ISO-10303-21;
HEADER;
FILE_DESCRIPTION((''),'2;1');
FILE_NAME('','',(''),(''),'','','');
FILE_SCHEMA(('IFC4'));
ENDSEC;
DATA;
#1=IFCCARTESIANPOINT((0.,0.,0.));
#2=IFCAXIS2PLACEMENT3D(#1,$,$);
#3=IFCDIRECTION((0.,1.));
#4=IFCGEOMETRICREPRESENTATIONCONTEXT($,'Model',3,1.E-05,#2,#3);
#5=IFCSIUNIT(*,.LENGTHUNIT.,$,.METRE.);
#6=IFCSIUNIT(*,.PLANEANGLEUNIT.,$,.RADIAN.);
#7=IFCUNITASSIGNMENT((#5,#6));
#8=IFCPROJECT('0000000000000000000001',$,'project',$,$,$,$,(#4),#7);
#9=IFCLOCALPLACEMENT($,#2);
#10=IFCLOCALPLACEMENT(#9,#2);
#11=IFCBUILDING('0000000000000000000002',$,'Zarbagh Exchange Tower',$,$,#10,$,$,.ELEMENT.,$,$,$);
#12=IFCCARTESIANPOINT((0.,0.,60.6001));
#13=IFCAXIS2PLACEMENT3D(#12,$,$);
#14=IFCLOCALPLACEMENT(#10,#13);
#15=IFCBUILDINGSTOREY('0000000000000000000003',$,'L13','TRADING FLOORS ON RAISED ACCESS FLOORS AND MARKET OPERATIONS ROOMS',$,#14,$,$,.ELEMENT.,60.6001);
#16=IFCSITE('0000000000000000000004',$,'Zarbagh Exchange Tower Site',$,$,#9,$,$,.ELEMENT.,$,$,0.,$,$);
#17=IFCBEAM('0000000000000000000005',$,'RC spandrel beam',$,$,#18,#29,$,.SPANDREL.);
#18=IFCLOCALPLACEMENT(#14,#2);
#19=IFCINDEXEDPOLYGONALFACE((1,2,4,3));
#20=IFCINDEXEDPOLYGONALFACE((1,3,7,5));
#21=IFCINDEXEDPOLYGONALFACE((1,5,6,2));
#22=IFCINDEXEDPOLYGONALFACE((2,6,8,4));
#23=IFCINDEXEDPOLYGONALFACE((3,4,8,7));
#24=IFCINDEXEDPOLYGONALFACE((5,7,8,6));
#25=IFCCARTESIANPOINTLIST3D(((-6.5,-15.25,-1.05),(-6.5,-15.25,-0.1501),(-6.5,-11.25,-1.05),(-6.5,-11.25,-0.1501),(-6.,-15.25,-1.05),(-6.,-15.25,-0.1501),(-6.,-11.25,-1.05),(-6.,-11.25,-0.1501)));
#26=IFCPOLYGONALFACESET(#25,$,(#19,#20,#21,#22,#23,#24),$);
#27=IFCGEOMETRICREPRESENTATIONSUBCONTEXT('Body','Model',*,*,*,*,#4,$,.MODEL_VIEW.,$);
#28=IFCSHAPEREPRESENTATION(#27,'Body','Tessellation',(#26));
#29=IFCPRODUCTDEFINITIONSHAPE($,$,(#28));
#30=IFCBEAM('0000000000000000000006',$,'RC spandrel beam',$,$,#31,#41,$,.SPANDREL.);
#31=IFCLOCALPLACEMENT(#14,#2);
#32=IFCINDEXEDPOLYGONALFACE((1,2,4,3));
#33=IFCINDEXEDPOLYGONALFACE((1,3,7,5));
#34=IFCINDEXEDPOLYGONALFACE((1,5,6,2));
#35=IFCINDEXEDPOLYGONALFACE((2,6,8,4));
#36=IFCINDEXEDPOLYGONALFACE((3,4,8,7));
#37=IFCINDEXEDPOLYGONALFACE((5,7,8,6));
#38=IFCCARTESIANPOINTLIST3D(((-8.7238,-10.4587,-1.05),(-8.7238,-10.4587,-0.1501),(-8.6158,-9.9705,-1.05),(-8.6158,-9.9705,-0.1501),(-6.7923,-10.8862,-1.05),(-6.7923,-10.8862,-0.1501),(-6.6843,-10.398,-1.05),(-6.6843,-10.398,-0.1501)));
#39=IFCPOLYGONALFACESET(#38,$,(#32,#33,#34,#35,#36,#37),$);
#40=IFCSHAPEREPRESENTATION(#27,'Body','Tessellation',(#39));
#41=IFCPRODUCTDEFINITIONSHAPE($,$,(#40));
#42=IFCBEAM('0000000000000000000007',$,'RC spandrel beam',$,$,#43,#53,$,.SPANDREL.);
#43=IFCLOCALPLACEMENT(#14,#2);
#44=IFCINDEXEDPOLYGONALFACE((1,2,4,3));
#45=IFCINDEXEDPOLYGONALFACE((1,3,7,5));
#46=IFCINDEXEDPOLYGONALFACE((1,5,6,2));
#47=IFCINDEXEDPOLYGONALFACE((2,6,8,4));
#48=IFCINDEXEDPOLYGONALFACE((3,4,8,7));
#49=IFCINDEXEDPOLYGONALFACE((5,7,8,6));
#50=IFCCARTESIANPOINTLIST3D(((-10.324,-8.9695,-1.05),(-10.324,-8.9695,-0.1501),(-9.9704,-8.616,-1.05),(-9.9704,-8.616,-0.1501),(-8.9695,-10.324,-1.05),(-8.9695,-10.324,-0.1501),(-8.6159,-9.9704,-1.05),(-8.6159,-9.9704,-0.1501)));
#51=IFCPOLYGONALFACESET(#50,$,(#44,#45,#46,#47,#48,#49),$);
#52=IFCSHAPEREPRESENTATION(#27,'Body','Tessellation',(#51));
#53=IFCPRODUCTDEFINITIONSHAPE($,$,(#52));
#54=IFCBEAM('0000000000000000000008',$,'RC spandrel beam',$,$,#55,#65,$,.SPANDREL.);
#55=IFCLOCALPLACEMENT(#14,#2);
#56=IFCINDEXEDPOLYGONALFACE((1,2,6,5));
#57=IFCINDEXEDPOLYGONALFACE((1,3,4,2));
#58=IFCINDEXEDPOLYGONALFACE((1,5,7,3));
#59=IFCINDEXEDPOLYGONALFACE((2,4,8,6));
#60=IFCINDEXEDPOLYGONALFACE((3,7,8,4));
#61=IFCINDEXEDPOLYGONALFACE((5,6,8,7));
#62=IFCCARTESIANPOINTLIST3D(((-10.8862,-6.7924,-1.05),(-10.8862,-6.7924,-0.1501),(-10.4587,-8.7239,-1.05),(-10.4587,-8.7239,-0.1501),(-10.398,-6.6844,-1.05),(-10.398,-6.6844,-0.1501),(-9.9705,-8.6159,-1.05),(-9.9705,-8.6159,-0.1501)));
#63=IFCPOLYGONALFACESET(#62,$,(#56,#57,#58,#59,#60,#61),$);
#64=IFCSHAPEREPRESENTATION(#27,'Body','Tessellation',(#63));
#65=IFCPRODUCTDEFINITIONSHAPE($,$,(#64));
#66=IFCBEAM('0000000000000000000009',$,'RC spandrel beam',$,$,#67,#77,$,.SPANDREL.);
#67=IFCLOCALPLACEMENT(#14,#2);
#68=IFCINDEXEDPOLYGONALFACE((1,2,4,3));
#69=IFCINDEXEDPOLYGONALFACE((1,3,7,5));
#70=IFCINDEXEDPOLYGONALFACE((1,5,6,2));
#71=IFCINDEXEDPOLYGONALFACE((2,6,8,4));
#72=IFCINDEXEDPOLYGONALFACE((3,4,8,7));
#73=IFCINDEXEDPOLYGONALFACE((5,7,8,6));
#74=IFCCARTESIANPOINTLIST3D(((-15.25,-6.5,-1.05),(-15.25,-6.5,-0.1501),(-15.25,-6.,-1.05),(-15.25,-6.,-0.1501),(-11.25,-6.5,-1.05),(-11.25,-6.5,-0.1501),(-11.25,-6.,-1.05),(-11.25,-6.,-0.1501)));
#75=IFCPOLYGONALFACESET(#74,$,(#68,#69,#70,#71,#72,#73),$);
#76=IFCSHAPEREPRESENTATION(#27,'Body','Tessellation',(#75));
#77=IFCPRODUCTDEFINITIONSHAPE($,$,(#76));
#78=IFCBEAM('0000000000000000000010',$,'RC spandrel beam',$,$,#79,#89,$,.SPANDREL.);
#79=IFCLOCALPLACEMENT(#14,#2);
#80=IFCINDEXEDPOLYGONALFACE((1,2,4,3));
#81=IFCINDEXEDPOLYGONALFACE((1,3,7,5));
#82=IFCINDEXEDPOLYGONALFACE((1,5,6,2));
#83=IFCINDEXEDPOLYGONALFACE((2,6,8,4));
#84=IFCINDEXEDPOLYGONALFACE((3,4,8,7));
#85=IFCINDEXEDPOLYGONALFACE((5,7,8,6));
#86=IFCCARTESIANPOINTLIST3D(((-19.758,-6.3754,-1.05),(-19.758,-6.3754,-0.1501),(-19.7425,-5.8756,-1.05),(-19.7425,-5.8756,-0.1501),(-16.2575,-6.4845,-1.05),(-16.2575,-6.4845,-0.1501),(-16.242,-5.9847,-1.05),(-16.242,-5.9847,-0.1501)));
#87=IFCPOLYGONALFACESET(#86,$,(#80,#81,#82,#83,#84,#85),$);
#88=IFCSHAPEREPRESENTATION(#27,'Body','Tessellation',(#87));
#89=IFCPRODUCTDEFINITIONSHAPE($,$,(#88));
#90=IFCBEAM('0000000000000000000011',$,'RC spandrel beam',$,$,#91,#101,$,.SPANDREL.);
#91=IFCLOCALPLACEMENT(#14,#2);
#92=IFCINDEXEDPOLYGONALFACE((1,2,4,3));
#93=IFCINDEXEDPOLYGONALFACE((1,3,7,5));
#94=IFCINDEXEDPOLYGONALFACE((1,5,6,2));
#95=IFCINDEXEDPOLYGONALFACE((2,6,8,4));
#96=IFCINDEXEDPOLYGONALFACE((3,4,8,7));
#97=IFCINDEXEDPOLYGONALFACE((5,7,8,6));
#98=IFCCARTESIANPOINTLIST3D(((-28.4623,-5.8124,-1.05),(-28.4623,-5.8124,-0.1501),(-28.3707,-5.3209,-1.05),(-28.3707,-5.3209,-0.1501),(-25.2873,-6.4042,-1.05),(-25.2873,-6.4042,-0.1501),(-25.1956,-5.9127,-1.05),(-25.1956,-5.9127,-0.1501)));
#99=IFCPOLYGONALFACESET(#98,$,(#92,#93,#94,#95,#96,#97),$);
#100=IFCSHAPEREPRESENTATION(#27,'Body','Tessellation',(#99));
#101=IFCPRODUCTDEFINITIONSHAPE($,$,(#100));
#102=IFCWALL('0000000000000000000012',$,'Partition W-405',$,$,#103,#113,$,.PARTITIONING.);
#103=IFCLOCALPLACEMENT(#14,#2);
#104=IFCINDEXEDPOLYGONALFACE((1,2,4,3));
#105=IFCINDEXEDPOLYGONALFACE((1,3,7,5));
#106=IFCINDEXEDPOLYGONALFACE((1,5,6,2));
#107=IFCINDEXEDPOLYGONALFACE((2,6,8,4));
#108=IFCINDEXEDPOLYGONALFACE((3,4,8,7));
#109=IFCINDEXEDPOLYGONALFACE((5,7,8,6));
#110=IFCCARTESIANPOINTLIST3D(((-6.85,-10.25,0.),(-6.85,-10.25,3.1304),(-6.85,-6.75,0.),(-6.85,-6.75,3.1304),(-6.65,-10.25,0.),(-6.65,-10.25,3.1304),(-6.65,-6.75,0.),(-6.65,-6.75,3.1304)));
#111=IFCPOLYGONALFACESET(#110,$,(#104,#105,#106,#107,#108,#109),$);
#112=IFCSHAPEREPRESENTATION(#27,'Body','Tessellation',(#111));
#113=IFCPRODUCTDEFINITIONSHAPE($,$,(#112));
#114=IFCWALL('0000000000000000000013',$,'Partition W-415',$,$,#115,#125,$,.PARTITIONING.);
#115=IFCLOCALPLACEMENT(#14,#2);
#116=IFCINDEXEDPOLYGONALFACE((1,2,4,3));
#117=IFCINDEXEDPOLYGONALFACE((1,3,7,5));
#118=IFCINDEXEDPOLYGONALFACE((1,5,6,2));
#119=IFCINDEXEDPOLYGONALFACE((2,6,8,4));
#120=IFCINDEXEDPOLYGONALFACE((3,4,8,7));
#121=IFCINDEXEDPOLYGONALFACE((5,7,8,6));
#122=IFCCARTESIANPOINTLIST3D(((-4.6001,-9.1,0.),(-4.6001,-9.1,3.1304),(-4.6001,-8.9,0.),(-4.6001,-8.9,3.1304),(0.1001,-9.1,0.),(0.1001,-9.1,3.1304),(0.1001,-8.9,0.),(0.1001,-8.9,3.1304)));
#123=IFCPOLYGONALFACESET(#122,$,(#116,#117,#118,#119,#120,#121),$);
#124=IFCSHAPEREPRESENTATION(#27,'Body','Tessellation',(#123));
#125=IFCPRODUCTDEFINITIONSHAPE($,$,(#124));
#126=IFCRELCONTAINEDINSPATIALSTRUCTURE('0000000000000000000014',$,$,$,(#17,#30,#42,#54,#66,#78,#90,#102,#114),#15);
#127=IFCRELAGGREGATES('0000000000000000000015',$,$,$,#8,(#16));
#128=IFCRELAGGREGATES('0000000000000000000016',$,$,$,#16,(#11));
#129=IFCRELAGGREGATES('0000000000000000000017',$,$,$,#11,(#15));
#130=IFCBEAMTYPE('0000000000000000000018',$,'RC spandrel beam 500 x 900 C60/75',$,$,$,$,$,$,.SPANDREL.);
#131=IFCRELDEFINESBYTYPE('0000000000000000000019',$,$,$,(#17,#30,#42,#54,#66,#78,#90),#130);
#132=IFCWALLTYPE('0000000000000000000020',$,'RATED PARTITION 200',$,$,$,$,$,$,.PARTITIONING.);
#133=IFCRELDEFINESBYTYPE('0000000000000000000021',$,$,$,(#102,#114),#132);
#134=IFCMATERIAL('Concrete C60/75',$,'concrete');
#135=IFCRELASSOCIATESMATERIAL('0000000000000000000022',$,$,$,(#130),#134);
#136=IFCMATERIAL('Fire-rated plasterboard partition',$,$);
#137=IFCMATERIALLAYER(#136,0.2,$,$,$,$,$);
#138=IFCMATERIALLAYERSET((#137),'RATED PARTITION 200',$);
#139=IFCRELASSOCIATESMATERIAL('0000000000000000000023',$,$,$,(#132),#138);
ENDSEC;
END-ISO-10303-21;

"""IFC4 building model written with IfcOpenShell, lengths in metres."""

from ifc_helpers import new_model, si_unit, direction, frame, frame_2d, origin, origin_2d, place, context, subcontext, project, spatial, rectangle, extrude, material, layer, layer_set, material_profile, profile_set, type_object, element, save


model = new_model("IFC4")

# Units and contexts
model_context = context("Model", 3, precision=1e-05, world=origin(), true_north=direction((0.0, 1.0)))
body_context = subcontext(model_context, "Body", "Model", "MODEL_VIEW")
ifc_project = project(units=[si_unit("LENGTHUNIT", "METRE"), si_unit("PLANEANGLEUNIT", "RADIAN")], contexts=[model_context])

# Site, building, storey
site_placement = place(None, origin())
site = spatial("IfcSite", under=ifc_project, at=site_placement, Name="Zarbagh Exchange Tower Site", CompositionType="ELEMENT", RefElevation=0.0)
building_placement = place(site_placement, origin())
building = spatial("IfcBuilding", under=site, at=building_placement, Name="Zarbagh Exchange Tower", CompositionType="ELEMENT")
storey_placement = place(building_placement, frame((0.0, 0.0, 60.6001)))
storey = spatial("IfcBuildingStorey", under=building, at=storey_placement, Name="L13", Description="TRADING FLOORS ON RAISED ACCESS FLOORS AND MARKET OPERATIONS ROOMS", CompositionType="ELEMENT", Elevation=60.6001)

# Shared definitions
ifc_material_1 = material(Name="Concrete C60/75", Category="concrete")

# Beams
ifc_material_profile_1 = material_profile(ifc_material_1, rectangle(XDim=0.5, YDim=0.8999, at=origin_2d()), Name="RC spandrel beam 500 x 900 C60/75")
ifc_profile_set_1 = profile_set([ifc_material_profile_1], Name="Concrete C60/75")
beam_type_1 = type_object("IfcBeamType", Name="RC spandrel beam 500 x 900 C60/75", PredefinedType="SPANDREL", material=ifc_profile_set_1)
beam_1_placement = place(storey_placement, frame((-6.25, -15.25, -0.6001), z_axis=(0.0, 1.0, 0.0), x_axis=(-1.0, 0.0, 0.0)))
element("IfcBeam", 1, at=beam_1_placement, inside=storey, type_object=beam_type_1, Name="RC spandrel beam", PredefinedType="SPANDREL", context=body_context, shape_type="SweptSolid", body=[
    extrude(rectangle(XDim=0.5, YDim=0.8999, at=origin_2d()), origin(), (0.0, 0.0, 1.0), 4.0),
])
beam_2_placement = place(storey_placement, frame((-6.7383, -10.6421, -0.6001), z_axis=(-0.976375, 0.216081, 0.0), x_axis=(-0.216081, -0.976375, 0.0)))
element("IfcBeam", 2, at=beam_2_placement, inside=storey, type_object=beam_type_1, Name="RC spandrel beam", PredefinedType="SPANDREL", context=body_context, shape_type="SweptSolid", body=[
    extrude(rectangle(XDim=0.5, YDim=0.8999, at=origin_2d()), origin(), (0.0, 0.0, 1.0), 1.9783),
])
beam_3_placement = place(storey_placement, frame((-8.7927, -10.1472, -0.6001), z_axis=(-0.707107, 0.707107, 0.0), x_axis=(-0.707107, -0.707107, 0.0)))
element("IfcBeam", 3, at=beam_3_placement, inside=storey, type_object=beam_type_1, Name="RC spandrel beam", PredefinedType="SPANDREL", context=body_context, shape_type="SweptSolid", body=[
    extrude(rectangle(XDim=0.5, YDim=0.8999, at=origin_2d()), origin(), (0.0, 0.0, 1.0), 1.9155),
])
beam_4_placement = place(storey_placement, frame((-10.2146, -8.6699, -0.6001), z_axis=(-0.216081, 0.976375, 0.0), x_axis=(-0.976375, -0.216081, 0.0)))
element("IfcBeam", 4, at=beam_4_placement, inside=storey, type_object=beam_type_1, Name="RC spandrel beam", PredefinedType="SPANDREL", context=body_context, shape_type="SweptSolid", body=[
    extrude(rectangle(XDim=0.5, YDim=0.8999, at=origin_2d()), origin(), (0.0, 0.0, 1.0), 1.9783),
])
beam_5_placement = place(storey_placement, frame((-11.25, -6.25, -0.6001), z_axis=(-1.0, 0.0, 0.0), x_axis=(0.0, -1.0, 0.0)))
element("IfcBeam", 5, at=beam_5_placement, inside=storey, type_object=beam_type_1, Name="RC spandrel beam", PredefinedType="SPANDREL", context=body_context, shape_type="SweptSolid", body=[
    extrude(rectangle(XDim=0.5, YDim=0.8999, at=origin_2d()), origin(), (0.0, 0.0, 1.0), 4.0),
])
beam_6_placement = place(storey_placement, frame((-16.2498, -6.2346, -0.6001), z_axis=(-0.999514, 0.031161, 0.0), x_axis=(-0.031161, -0.999514, 0.0)))
element("IfcBeam", 6, at=beam_6_placement, inside=storey, type_object=beam_type_1, Name="RC spandrel beam", PredefinedType="SPANDREL", context=body_context, shape_type="SweptSolid", body=[
    extrude(rectangle(XDim=0.5, YDim=0.8999, at=origin_2d()), origin(), (0.0, 0.0, 1.0), 3.5022),
])
beam_7_placement = place(storey_placement, frame((-25.2415, -6.1584, -0.6001), z_axis=(-0.983069, 0.183234, 0.0), x_axis=(-0.183234, -0.983069, 0.0)))
element("IfcBeam", 7, at=beam_7_placement, inside=storey, type_object=beam_type_1, Name="RC spandrel beam", PredefinedType="SPANDREL", context=body_context, shape_type="SweptSolid", body=[
    extrude(rectangle(XDim=0.5, YDim=0.8999, at=origin_2d()), origin(), (0.0, 0.0, 1.0), 3.2297),
])

# Walls
ifc_material_2 = material(Name="Fire-rated plasterboard partition")
ifc_layer = layer(ifc_material_2, 0.2)
ifc_layer_set = layer_set([ifc_layer], Name="RATED PARTITION 200")
wall_type = type_object("IfcWallType", Name="RATED PARTITION 200", PredefinedType="PARTITIONING", material=ifc_layer_set)
wall_1_placement = place(storey_placement, frame((-6.75, -10.25, 0.0), z_axis=(0.0, 0.0, 1.0), x_axis=(0.0, 1.0, 0.0)))
element("IfcWall", 8, at=wall_1_placement, inside=storey, type_object=wall_type, Name="Partition W-405", PredefinedType="PARTITIONING", context=body_context, shape_type="SweptSolid", body=[
    extrude(rectangle(XDim=3.5, YDim=0.2, at=frame_2d((1.75, 0.0))), origin(), (0.0, 0.0, 1.0), 3.1304),
])
wall_2_placement = place(storey_placement, frame((-4.6001, -9.0, 0.0), z_axis=(0.0, 0.0, 1.0), x_axis=(1.0, 0.0, 0.0)))
element("IfcWall", 9, at=wall_2_placement, inside=storey, type_object=wall_type, Name="Partition W-415", PredefinedType="PARTITIONING", context=body_context, shape_type="SweptSolid", body=[
    extrude(rectangle(XDim=4.7002, YDim=0.2, at=frame_2d((2.3501, 0.0))), origin(), (0.0, 0.0, 1.0), 3.1304),
])

save(model, "model.ifc")
